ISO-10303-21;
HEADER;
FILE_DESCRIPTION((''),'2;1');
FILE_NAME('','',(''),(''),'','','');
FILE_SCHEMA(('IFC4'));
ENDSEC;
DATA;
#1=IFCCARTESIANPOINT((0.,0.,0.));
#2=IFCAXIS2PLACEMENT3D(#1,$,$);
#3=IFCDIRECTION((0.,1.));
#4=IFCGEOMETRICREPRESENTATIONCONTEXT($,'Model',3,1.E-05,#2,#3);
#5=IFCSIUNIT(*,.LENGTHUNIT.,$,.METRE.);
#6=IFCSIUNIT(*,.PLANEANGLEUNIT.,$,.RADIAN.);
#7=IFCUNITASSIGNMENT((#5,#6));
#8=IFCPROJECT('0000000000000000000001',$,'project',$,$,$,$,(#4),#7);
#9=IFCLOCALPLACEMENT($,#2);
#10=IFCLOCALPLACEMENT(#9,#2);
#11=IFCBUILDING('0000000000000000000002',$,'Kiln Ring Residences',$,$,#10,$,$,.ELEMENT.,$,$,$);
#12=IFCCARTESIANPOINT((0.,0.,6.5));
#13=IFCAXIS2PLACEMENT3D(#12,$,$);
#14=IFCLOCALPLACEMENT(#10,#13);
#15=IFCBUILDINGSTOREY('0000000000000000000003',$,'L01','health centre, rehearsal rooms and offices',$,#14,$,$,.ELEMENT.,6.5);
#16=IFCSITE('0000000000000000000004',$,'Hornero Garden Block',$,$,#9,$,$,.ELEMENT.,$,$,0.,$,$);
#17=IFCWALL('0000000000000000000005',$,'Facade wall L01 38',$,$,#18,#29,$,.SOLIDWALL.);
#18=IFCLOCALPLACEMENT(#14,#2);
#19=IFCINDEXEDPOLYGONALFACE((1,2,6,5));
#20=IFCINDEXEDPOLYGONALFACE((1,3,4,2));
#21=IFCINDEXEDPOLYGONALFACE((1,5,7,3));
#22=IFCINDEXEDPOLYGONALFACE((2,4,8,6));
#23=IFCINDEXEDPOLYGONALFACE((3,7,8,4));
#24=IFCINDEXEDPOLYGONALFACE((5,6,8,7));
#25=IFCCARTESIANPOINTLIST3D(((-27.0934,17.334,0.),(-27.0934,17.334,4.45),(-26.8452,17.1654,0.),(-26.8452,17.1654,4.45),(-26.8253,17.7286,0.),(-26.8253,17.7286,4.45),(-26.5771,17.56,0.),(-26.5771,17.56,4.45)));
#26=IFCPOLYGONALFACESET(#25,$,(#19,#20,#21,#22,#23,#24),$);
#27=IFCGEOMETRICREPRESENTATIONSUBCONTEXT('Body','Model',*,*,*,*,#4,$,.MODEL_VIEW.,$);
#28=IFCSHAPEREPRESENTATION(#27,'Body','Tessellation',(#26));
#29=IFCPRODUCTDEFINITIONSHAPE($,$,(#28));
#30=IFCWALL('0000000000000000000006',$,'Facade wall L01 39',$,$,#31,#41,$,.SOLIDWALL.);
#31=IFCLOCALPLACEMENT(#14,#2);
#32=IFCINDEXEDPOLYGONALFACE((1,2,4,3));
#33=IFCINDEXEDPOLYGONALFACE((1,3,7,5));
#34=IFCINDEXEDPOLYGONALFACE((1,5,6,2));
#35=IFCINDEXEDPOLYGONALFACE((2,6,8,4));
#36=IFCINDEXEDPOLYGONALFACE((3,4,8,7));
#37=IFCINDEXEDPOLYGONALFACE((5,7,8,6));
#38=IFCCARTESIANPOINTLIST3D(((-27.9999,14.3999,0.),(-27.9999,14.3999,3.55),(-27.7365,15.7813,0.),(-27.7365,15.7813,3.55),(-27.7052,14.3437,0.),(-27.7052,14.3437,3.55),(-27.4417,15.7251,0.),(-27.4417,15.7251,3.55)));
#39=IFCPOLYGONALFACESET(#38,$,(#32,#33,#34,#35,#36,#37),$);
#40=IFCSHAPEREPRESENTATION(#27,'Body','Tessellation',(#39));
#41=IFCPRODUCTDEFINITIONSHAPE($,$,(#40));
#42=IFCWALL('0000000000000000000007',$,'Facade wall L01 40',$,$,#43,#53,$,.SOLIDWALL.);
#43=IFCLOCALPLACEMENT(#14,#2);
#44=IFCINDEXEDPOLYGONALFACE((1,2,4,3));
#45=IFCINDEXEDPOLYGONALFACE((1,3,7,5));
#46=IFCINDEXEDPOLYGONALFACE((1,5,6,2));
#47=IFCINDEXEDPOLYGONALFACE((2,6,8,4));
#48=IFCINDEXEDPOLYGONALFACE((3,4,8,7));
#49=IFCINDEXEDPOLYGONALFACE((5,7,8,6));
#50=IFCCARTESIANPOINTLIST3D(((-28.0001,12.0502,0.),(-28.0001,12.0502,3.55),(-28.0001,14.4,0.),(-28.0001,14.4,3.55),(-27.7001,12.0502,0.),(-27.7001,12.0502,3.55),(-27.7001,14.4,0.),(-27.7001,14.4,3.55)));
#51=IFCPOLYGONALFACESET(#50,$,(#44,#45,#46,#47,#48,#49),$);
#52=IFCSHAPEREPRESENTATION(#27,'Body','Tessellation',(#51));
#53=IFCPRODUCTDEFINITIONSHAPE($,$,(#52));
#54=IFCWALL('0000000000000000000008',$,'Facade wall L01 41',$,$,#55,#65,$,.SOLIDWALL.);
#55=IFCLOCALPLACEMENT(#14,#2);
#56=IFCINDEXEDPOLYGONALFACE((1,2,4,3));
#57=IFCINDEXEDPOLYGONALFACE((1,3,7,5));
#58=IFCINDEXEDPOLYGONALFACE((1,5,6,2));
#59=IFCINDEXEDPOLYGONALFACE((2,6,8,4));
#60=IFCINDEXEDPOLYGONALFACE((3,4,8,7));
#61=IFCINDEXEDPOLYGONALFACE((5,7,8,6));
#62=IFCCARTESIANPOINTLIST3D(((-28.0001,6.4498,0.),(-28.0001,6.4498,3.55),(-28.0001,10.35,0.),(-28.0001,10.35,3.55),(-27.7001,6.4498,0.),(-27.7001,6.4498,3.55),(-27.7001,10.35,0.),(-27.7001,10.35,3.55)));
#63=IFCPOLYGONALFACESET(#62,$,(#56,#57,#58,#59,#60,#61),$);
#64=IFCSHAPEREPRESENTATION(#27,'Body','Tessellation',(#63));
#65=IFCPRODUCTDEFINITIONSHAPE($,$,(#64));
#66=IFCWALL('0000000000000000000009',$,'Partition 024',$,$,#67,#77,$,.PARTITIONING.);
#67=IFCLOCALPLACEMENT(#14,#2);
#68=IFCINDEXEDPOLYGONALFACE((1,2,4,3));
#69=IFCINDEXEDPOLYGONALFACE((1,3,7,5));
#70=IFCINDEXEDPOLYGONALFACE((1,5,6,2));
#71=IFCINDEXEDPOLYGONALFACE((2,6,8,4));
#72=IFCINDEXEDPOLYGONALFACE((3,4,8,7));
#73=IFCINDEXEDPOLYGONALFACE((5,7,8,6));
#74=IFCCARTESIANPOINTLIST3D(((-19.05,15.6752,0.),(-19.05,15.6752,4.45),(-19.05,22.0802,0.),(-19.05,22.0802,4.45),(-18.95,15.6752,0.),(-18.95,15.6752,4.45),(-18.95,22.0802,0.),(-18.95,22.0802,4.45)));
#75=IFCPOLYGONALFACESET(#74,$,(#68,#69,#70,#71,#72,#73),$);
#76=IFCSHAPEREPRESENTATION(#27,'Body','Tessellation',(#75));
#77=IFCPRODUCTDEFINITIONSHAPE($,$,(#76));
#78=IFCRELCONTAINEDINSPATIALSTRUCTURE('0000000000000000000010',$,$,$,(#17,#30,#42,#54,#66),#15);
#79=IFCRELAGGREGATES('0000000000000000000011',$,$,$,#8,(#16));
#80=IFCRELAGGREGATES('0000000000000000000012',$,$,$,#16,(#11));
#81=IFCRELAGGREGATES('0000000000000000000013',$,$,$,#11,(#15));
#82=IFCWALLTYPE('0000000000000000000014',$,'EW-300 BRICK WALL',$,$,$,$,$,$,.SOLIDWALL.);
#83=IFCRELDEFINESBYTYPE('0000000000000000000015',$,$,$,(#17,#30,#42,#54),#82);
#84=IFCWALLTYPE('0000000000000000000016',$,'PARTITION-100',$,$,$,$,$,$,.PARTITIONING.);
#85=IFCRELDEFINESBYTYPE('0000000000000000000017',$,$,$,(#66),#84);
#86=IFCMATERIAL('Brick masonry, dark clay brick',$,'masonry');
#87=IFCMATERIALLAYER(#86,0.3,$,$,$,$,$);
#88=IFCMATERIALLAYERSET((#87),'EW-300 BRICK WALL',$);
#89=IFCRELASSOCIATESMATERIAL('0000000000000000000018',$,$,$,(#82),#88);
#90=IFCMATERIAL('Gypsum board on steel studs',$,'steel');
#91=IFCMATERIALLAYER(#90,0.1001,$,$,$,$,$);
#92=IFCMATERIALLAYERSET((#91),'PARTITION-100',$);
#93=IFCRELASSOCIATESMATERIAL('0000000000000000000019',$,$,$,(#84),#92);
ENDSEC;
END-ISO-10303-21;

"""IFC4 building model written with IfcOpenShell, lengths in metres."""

from ifc_helpers import new_model, si_unit, direction, frame, frame_2d, origin, place, context, subcontext, project, spatial, rectangle, extrude, material, layer, layer_set, type_object, element, save


model = new_model("IFC4")

# Units and contexts
model_context = context("Model", 3, precision=1e-05, world=origin(), true_north=direction((0.0, 1.0)))
body_context = subcontext(model_context, "Body", "Model", "MODEL_VIEW")
ifc_project = project(units=[si_unit("LENGTHUNIT", "METRE"), si_unit("PLANEANGLEUNIT", "RADIAN")], contexts=[model_context])

# Site, building, storey
site_placement = place(None, origin())
site = spatial("IfcSite", under=ifc_project, at=site_placement, Name="Hornero Garden Block", CompositionType="ELEMENT", RefElevation=0.0)
building_placement = place(site_placement, origin())
building = spatial("IfcBuilding", under=site, at=building_placement, Name="Kiln Ring Residences", CompositionType="ELEMENT")
storey_placement = place(building_placement, frame((0.0, 0.0, 6.5)))
storey = spatial("IfcBuildingStorey", under=building, at=storey_placement, Name="L01", Description="health centre, rehearsal rooms and offices", CompositionType="ELEMENT", Elevation=6.5)

# Shared definitions
ifc_material_1 = material(Name="Brick masonry, dark clay brick", Category="masonry")
ifc_layer_1 = layer(ifc_material_1, 0.3)
ifc_layer_set_1 = layer_set([ifc_layer_1], Name="EW-300 BRICK WALL")
wall_type_1 = type_object("IfcWallType", Name="EW-300 BRICK WALL", PredefinedType="SOLIDWALL", material=ifc_layer_set_1)

# Walls
wall_1_placement = place(storey_placement, frame((-26.7012, 17.6443, 0.0), z_axis=(0.0, 0.0, 1.0), x_axis=(-0.562002, -0.827136, 0.0)))
element("IfcWall", 1, at=wall_1_placement, inside=storey, type_object=wall_type_1, Name="Facade wall L01 38", PredefinedType="SOLIDWALL", context=body_context, shape_type="SweptSolid", body=[
    extrude(rectangle(XDim=0.4771, YDim=0.3, at=frame_2d((0.2385, 0.0))), origin(), (0.0, 0.0, 1.0), 4.45),
])
wall_2_placement = place(storey_placement, frame((-27.5891, 15.7532, 0.0), z_axis=(0.0, 0.0, 1.0), x_axis=(-0.187328, -0.982298, 0.0)))
element("IfcWall", 2, at=wall_2_placement, inside=storey, type_object=wall_type_1, Name="Facade wall L01 39", PredefinedType="SOLIDWALL", context=body_context, shape_type="SweptSolid", body=[
    extrude(rectangle(XDim=1.4062, YDim=0.3, at=frame_2d((0.7031, 0.0))), origin(), (0.0, 0.0, 1.0), 3.55),
])
wall_3_placement = place(storey_placement, frame((-27.8501, 14.3999, 0.0), z_axis=(0.0, 0.0, 1.0), x_axis=(0.0, -1.0, 0.0)))
element("IfcWall", 3, at=wall_3_placement, inside=storey, type_object=wall_type_1, Name="Facade wall L01 40", PredefinedType="SOLIDWALL", context=body_context, shape_type="SweptSolid", body=[
    extrude(rectangle(XDim=2.3499, YDim=0.3, at=frame_2d((1.1748, 0.0))), origin(), (0.0, 0.0, 1.0), 3.55),
])
wall_4_placement = place(storey_placement, frame((-27.8501, 10.3501, 0.0), z_axis=(0.0, 0.0, 1.0), x_axis=(0.0, -1.0, 0.0)))
element("IfcWall", 4, at=wall_4_placement, inside=storey, type_object=wall_type_1, Name="Facade wall L01 41", PredefinedType="SOLIDWALL", context=body_context, shape_type="SweptSolid", body=[
    extrude(rectangle(XDim=3.9001, YDim=0.3, at=frame_2d((1.9502, 0.0))), origin(), (0.0, 0.0, 1.0), 3.55),
])
ifc_material_2 = material(Name="Gypsum board on steel studs", Category="steel")
ifc_layer_2 = layer(ifc_material_2, 0.1001)
ifc_layer_set_2 = layer_set([ifc_layer_2], Name="PARTITION-100")
wall_type_2 = type_object("IfcWallType", Name="PARTITION-100", PredefinedType="PARTITIONING", material=ifc_layer_set_2)
wall_5_placement = place(storey_placement, frame((-19.0, 15.675, 0.0), z_axis=(0.0, 0.0, 1.0), x_axis=(0.0, 1.0, 0.0)))
element("IfcWall", 5, at=wall_5_placement, inside=storey, type_object=wall_type_2, Name="Partition 024", PredefinedType="PARTITIONING", context=body_context, shape_type="SweptSolid", body=[
    extrude(rectangle(XDim=6.405, YDim=0.1001, at=frame_2d((3.2026, 0.0))), origin(), (0.0, 0.0, 1.0), 4.45),
])

save(model, "model.ifc")
